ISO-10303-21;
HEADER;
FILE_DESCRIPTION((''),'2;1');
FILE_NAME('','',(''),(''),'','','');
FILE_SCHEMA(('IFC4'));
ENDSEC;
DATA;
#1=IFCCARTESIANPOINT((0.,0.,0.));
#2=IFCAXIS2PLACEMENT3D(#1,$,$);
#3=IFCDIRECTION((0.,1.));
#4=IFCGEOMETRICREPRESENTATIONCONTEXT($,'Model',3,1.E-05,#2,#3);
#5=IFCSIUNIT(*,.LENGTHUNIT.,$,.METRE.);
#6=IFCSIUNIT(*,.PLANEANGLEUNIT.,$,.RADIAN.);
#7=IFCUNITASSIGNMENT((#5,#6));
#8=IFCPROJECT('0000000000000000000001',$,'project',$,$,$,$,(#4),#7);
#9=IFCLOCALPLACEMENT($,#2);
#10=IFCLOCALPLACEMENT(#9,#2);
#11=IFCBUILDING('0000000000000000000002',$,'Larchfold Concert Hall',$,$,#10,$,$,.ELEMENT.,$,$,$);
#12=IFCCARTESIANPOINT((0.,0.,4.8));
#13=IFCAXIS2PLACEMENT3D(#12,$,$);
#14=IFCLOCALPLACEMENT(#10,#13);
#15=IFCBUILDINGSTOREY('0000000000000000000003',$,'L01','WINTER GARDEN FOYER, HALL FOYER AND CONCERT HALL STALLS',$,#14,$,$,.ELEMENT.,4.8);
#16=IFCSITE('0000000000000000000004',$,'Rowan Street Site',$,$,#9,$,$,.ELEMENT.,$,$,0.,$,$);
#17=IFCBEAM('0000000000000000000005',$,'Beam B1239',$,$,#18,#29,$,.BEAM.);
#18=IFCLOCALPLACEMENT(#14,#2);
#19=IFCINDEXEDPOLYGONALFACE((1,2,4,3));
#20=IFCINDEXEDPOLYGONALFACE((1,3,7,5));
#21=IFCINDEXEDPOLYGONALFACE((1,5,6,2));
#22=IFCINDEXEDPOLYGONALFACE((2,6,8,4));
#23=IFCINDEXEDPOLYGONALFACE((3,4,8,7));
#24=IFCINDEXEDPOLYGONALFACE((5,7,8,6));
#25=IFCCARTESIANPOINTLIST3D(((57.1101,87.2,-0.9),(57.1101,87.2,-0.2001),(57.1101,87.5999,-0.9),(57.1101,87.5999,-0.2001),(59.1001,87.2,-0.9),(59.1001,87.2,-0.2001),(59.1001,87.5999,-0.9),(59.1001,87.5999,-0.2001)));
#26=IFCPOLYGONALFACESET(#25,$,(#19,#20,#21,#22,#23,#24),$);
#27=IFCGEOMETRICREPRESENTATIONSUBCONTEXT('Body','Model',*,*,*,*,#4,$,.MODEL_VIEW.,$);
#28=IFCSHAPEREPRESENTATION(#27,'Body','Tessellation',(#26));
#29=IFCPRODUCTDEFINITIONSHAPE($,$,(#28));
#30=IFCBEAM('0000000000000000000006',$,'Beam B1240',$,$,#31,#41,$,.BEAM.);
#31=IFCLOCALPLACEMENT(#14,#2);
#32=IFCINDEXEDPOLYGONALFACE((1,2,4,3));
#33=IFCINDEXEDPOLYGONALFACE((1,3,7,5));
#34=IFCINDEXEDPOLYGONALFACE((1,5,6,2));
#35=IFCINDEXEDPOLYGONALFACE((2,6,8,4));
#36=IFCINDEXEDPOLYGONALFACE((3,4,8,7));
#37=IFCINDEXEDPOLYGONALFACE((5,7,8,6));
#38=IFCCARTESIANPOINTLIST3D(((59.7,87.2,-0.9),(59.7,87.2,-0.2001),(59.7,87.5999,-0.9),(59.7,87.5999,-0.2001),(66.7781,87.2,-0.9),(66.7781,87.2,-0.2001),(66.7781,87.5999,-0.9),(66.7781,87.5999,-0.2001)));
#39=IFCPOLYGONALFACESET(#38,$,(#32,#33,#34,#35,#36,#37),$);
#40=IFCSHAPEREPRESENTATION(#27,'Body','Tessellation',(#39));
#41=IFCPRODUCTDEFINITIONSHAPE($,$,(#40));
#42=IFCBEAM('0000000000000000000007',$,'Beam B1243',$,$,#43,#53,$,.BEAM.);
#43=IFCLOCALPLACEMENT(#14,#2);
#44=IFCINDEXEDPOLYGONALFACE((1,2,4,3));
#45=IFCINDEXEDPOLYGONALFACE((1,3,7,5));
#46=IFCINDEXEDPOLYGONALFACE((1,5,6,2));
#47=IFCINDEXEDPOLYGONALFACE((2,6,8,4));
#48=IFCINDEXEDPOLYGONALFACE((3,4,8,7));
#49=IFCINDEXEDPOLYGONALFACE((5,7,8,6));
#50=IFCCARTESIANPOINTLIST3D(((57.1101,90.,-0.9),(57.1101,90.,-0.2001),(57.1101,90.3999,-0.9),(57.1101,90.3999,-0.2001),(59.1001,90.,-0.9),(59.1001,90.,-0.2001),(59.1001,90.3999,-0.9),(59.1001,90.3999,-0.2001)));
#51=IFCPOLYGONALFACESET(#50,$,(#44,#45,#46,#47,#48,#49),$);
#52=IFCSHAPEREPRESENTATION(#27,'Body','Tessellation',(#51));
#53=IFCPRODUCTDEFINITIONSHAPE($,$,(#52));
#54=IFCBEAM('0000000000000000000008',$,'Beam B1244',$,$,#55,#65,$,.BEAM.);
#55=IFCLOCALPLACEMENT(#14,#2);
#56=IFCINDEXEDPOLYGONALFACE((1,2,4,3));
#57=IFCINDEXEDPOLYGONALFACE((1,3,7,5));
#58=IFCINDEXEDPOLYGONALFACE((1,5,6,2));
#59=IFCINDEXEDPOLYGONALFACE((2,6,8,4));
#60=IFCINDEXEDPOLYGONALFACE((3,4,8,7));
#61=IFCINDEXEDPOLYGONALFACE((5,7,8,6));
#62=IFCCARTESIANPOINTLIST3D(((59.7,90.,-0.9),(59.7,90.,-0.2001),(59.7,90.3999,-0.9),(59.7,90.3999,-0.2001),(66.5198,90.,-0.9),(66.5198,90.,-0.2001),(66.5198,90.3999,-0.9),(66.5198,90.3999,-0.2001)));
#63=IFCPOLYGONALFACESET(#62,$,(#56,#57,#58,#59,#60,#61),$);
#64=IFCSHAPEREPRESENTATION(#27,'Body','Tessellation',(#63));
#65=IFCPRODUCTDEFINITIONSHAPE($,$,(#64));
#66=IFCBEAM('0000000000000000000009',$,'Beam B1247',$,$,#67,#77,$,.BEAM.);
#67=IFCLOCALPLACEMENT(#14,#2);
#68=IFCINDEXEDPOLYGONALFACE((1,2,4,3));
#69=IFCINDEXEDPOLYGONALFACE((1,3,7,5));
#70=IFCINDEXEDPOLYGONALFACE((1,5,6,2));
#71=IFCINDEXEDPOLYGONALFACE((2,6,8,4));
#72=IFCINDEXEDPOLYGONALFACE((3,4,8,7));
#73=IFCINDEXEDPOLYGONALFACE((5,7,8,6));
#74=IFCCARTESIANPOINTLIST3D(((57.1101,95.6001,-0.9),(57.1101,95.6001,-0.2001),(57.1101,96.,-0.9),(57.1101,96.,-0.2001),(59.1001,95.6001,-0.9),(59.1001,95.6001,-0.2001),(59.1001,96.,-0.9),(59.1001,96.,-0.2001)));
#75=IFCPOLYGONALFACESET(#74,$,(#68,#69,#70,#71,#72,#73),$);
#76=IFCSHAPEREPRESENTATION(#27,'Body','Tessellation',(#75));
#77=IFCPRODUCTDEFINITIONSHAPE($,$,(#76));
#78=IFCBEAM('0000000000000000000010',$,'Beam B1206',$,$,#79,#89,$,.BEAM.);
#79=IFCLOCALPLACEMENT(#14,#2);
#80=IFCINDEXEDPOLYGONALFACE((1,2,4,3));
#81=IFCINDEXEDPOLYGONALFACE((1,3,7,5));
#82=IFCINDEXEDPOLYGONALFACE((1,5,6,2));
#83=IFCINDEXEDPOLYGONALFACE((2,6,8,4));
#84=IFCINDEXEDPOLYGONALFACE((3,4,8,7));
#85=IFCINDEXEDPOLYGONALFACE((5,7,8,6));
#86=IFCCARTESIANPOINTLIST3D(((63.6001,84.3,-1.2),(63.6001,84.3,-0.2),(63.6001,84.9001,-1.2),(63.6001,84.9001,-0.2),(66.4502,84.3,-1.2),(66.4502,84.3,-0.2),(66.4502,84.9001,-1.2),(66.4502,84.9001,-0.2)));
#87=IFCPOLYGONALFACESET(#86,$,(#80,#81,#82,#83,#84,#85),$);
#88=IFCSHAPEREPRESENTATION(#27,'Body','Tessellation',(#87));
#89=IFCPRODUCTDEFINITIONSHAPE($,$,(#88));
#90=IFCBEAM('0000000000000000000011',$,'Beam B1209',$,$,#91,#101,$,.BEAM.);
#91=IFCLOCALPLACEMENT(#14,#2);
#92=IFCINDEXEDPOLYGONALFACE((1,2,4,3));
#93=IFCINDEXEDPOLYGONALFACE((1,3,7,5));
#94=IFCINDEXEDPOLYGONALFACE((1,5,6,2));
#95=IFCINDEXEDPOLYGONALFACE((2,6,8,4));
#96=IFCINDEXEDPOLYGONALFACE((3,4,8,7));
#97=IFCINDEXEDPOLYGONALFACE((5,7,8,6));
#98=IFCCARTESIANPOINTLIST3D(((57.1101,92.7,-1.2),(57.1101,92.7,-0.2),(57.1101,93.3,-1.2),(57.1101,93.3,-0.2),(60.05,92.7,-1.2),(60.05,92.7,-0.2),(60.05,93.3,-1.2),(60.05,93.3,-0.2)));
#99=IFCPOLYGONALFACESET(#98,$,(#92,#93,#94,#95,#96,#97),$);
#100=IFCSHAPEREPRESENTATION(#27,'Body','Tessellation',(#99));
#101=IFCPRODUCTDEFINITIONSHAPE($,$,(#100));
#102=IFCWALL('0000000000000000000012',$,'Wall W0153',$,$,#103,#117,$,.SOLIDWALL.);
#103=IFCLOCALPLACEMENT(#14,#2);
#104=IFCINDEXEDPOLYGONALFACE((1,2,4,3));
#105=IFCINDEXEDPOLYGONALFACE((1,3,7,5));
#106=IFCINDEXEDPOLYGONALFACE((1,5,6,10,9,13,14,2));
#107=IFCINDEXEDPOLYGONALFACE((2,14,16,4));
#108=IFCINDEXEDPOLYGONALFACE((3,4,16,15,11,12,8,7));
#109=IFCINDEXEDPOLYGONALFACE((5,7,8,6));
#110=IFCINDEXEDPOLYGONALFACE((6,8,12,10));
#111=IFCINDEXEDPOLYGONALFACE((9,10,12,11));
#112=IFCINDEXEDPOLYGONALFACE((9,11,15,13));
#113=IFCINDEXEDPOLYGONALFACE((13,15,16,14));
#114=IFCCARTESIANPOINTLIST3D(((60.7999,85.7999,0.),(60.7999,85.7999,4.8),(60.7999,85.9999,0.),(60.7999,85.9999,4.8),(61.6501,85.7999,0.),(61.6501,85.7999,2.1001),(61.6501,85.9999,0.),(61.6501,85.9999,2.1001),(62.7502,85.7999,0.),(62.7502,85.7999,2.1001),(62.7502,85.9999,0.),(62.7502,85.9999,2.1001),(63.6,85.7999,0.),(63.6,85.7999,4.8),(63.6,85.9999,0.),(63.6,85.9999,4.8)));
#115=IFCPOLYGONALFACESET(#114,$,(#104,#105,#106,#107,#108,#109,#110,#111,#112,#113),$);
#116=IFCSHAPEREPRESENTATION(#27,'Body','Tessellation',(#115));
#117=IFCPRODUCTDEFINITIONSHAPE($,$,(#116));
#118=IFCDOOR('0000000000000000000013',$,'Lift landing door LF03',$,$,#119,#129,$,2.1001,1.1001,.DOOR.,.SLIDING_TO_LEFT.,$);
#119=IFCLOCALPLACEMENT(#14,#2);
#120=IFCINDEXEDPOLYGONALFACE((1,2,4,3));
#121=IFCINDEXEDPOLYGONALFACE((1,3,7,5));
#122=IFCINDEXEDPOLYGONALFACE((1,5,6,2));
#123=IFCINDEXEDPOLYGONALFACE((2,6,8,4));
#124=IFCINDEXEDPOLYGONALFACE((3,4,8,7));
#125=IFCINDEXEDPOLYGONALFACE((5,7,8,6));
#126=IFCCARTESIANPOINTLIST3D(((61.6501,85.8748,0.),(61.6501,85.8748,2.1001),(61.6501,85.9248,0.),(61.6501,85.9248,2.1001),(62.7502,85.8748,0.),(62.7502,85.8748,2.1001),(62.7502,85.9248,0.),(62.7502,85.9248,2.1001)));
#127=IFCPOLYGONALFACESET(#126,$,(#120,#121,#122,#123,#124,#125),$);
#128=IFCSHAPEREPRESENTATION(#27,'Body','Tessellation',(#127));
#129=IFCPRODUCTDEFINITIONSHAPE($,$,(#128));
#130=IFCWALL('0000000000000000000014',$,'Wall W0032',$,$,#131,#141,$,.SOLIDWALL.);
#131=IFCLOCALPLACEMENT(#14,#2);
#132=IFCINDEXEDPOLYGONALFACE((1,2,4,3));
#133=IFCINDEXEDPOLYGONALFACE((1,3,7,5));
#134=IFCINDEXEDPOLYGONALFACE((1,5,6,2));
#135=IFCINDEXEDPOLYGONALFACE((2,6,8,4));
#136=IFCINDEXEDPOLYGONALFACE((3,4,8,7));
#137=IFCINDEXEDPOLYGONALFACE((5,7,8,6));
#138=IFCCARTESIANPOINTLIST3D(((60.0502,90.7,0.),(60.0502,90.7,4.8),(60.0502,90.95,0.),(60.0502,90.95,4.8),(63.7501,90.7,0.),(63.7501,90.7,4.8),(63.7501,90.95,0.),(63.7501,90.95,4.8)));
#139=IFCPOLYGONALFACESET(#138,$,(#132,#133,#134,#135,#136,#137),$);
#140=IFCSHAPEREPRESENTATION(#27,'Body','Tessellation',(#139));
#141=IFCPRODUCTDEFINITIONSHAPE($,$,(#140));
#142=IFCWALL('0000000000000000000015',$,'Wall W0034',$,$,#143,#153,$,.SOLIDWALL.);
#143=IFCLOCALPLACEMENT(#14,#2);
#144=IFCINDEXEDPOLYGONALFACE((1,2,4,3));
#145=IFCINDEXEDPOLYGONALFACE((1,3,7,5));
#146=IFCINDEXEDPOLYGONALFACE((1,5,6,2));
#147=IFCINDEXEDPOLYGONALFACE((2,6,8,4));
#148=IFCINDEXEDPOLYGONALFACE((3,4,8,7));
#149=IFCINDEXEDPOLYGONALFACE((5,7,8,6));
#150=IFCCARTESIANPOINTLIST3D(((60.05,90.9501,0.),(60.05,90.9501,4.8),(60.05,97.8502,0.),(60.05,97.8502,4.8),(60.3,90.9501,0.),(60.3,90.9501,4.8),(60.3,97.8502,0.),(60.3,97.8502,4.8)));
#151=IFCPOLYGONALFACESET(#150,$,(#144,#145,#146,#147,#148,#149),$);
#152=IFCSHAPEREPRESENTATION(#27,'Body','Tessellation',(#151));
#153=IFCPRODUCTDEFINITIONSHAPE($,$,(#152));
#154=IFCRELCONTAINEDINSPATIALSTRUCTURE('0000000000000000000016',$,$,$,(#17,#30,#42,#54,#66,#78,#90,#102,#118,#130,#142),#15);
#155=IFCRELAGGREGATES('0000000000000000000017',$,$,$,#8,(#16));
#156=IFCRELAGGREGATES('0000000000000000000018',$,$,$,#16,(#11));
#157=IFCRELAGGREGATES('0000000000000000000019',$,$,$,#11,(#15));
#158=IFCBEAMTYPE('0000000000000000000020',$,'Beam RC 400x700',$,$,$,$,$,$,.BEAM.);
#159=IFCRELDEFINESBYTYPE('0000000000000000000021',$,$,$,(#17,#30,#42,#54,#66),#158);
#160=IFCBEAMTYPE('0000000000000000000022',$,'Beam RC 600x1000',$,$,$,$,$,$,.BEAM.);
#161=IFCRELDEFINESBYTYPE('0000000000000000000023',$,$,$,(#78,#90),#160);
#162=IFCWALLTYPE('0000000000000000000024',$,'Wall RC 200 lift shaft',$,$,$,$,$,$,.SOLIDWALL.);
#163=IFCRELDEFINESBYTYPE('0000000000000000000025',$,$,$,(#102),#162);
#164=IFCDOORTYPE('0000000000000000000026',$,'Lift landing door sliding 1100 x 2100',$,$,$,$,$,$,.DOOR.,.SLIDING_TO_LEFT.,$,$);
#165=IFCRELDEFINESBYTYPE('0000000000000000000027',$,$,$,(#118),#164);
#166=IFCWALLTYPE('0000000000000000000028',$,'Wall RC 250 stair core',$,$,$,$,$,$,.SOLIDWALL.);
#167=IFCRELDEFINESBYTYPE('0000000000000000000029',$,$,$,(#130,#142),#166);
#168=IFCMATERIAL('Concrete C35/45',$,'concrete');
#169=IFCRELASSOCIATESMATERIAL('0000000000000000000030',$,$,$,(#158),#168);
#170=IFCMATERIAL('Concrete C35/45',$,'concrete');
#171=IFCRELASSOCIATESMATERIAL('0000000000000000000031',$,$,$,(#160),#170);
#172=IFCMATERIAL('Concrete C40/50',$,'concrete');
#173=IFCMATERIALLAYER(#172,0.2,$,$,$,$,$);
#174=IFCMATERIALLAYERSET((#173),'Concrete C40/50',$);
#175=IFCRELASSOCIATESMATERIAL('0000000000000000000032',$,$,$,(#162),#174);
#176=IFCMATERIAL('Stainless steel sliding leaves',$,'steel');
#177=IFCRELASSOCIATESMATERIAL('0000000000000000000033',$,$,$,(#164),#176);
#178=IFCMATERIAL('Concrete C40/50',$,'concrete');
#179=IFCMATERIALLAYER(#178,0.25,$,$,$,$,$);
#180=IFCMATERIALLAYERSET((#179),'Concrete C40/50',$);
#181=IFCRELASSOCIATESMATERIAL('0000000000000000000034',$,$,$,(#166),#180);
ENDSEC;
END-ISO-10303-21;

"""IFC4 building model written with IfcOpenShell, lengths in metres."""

from ifc_helpers import new_model, si_unit, direction, frame, frame_2d, origin, origin_2d, place, context, subcontext, project, spatial, rectangle, extrude, material, layer, layer_set, material_profile, profile_set, type_object, element, fill, save


model = new_model("IFC4")

# Units and contexts
model_context = context("Model", 3, precision=1e-05, world=origin(), true_north=direction((0.0, 1.0)))
body_context = subcontext(model_context, "Body", "Model", "MODEL_VIEW")
ifc_project = project(units=[si_unit("LENGTHUNIT", "METRE"), si_unit("PLANEANGLEUNIT", "RADIAN")], contexts=[model_context])

# Site, building, storey
site_placement = place(None, origin())
site = spatial("IfcSite", under=ifc_project, at=site_placement, Name="Rowan Street Site", CompositionType="ELEMENT", RefElevation=0.0)
building_placement = place(site_placement, origin())
building = spatial("IfcBuilding", under=site, at=building_placement, Name="Larchfold Concert Hall", CompositionType="ELEMENT")
storey_placement = place(building_placement, frame((0.0, 0.0, 4.8)))
storey = spatial("IfcBuildingStorey", under=building, at=storey_placement, Name="L01", Description="WINTER GARDEN FOYER, HALL FOYER AND CONCERT HALL STALLS", CompositionType="ELEMENT", Elevation=4.8)

# Beams
ifc_material_1 = material(Name="Concrete C35/45", Category="concrete")
ifc_material_profile_1 = material_profile(ifc_material_1, rectangle(XDim=0.3999, YDim=0.7, at=origin_2d()))
ifc_profile_set_1 = profile_set([ifc_material_profile_1], Name="Concrete C35/45")
beam_type_1 = type_object("IfcBeamType", Name="Beam RC 400x700", PredefinedType="BEAM", material=ifc_profile_set_1)
beam_1_placement = place(storey_placement, frame((57.1101, 87.3999, -0.55), z_axis=(1.0, 0.0, 0.0), x_axis=(0.0, 1.0, 0.0)))
element("IfcBeam", 1, at=beam_1_placement, inside=storey, type_object=beam_type_1, Name="Beam B1239", PredefinedType="BEAM", context=body_context, shape_type="SweptSolid", body=[
    extrude(rectangle(XDim=0.3999, YDim=0.7, at=origin_2d()), origin(), (0.0, 0.0, 1.0), 1.99),
])
beam_2_placement = place(storey_placement, frame((59.7, 87.3999, -0.55), z_axis=(1.0, 0.0, 0.0), x_axis=(0.0, 1.0, 0.0)))
element("IfcBeam", 2, at=beam_2_placement, inside=storey, type_object=beam_type_1, Name="Beam B1240", PredefinedType="BEAM", context=body_context, shape_type="SweptSolid", body=[
    extrude(rectangle(XDim=0.3999, YDim=0.7, at=origin_2d()), origin(), (0.0, 0.0, 1.0), 7.0781),
])
beam_3_placement = place(storey_placement, frame((57.1101, 90.2, -0.55), z_axis=(1.0, 0.0, 0.0), x_axis=(0.0, 1.0, 0.0)))
element("IfcBeam", 3, at=beam_3_placement, inside=storey, type_object=beam_type_1, Name="Beam B1243", PredefinedType="BEAM", context=body_context, shape_type="SweptSolid", body=[
    extrude(rectangle(XDim=0.3999, YDim=0.7, at=origin_2d()), origin(), (0.0, 0.0, 1.0), 1.99),
])
beam_4_placement = place(storey_placement, frame((59.7, 90.2, -0.55), z_axis=(1.0, 0.0, 0.0), x_axis=(0.0, 1.0, 0.0)))
element("IfcBeam", 4, at=beam_4_placement, inside=storey, type_object=beam_type_1, Name="Beam B1244", PredefinedType="BEAM", context=body_context, shape_type="SweptSolid", body=[
    extrude(rectangle(XDim=0.3999, YDim=0.7, at=origin_2d()), origin(), (0.0, 0.0, 1.0), 6.8198),
])
beam_5_placement = place(storey_placement, frame((57.1101, 95.8, -0.55), z_axis=(1.0, 0.0, 0.0), x_axis=(0.0, 1.0, 0.0)))
element("IfcBeam", 5, at=beam_5_placement, inside=storey, type_object=beam_type_1, Name="Beam B1247", PredefinedType="BEAM", context=body_context, shape_type="SweptSolid", body=[
    extrude(rectangle(XDim=0.3999, YDim=0.7, at=origin_2d()), origin(), (0.0, 0.0, 1.0), 1.99),
])
ifc_material_2 = material(Name="Concrete C35/45", Category="concrete")
ifc_material_profile_2 = material_profile(ifc_material_2, rectangle(XDim=0.6001, YDim=1.0, at=origin_2d()))
ifc_profile_set_2 = profile_set([ifc_material_profile_2], Name="Concrete C35/45")
beam_type_2 = type_object("IfcBeamType", Name="Beam RC 600x1000", PredefinedType="BEAM", material=ifc_profile_set_2)
beam_6_placement = place(storey_placement, frame((63.6001, 84.6001, -0.7), z_axis=(1.0, 0.0, 0.0), x_axis=(0.0, 1.0, 0.0)))
element("IfcBeam", 6, at=beam_6_placement, inside=storey, type_object=beam_type_2, Name="Beam B1206", PredefinedType="BEAM", context=body_context, shape_type="SweptSolid", body=[
    extrude(rectangle(XDim=0.6001, YDim=1.0, at=origin_2d()), origin(), (0.0, 0.0, 1.0), 2.8501),
])
beam_7_placement = place(storey_placement, frame((57.1101, 93.0, -0.7), z_axis=(1.0, 0.0, 0.0), x_axis=(0.0, 1.0, 0.0)))
element("IfcBeam", 7, at=beam_7_placement, inside=storey, type_object=beam_type_2, Name="Beam B1209", PredefinedType="BEAM", context=body_context, shape_type="SweptSolid", body=[
    extrude(rectangle(XDim=0.6001, YDim=1.0, at=origin_2d()), origin(), (0.0, 0.0, 1.0), 2.9399),
])

# Wall, opening, door
ifc_material_3 = material(Name="Concrete C40/50", Category="concrete")
ifc_layer_1 = layer(ifc_material_3, 0.2)
ifc_layer_set_1 = layer_set([ifc_layer_1], Name="Concrete C40/50")
wall_type_1 = type_object("IfcWallType", Name="Wall RC 200 lift shaft", PredefinedType="SOLIDWALL", material=ifc_layer_set_1)
wall_1_placement = place(storey_placement, frame((60.8, 85.8999, 0.0), z_axis=(0.0, 0.0, 1.0), x_axis=(1.0, 0.0, 0.0)))
wall_1 = element("IfcWall", 8, at=wall_1_placement, inside=storey, type_object=wall_type_1, Name="Wall W0153", PredefinedType="SOLIDWALL", context=body_context, shape_type="SweptSolid", body=[
    extrude(rectangle(XDim=2.8, YDim=0.2, at=frame_2d((1.3999, 0.0))), origin(), (0.0, 0.0, 1.0), 4.8),
])
opening_placement = place(wall_1_placement, frame((0.8501, 0.0, 0.0)))
opening = element("IfcOpeningElement", 9, at=opening_placement, cuts=wall_1, PredefinedType="OPENING", context=body_context, shape_type="SweptSolid", body=[
    extrude(rectangle(XDim=1.1001, YDim=2.1001, at=frame_2d((0.55, 1.05))), frame((0.0, 0.1099, 0.0), z_axis=(0.0, -1.0, 0.0), x_axis=(1.0, 0.0, 0.0)), (0.0, 0.0, 1.0), 0.22),
])
ifc_material_4 = material(Name="Stainless steel sliding leaves", Category="steel")
door_type = type_object("IfcDoorType", Name="Lift landing door sliding 1100 x 2100", OperationType="SLIDING_TO_LEFT", PredefinedType="DOOR", material=ifc_material_4)
door_placement = place(opening_placement, origin())
door = element("IfcDoor", 10, at=door_placement, inside=storey, type_object=door_type, Name="Lift landing door LF03", OperationType="SLIDING_TO_LEFT", OverallHeight=2.1001, OverallWidth=1.1001, PredefinedType="DOOR", context=body_context, shape_type="SweptSolid", body=[
    extrude(rectangle(XDim=1.1001, YDim=2.1001, at=frame_2d((0.55, 1.05))), frame((0.0, 0.0249, 0.0), z_axis=(0.0, -1.0, 0.0), x_axis=(1.0, 0.0, 0.0)), (0.0, 0.0, 1.0), 0.05),
])
fill(opening, door)

# Walls
ifc_material_5 = material(Name="Concrete C40/50", Category="concrete")
ifc_layer_2 = layer(ifc_material_5, 0.25)
ifc_layer_set_2 = layer_set([ifc_layer_2], Name="Concrete C40/50")
wall_type_2 = type_object("IfcWallType", Name="Wall RC 250 stair core", PredefinedType="SOLIDWALL", material=ifc_layer_set_2)
wall_2_placement = place(storey_placement, frame((60.05, 90.825, 0.0), z_axis=(0.0, 0.0, 1.0), x_axis=(1.0, 0.0, 0.0)))
element("IfcWall", 11, at=wall_2_placement, inside=storey, type_object=wall_type_2, Name="Wall W0032", PredefinedType="SOLIDWALL", context=body_context, shape_type="SweptSolid", body=[
    extrude(rectangle(XDim=3.7, YDim=0.25, at=frame_2d((1.8501, 0.0))), origin(), (0.0, 0.0, 1.0), 4.8),
])
wall_3_placement = place(storey_placement, frame((60.175, 90.95, 0.0), z_axis=(0.0, 0.0, 1.0), x_axis=(0.0, 1.0, 0.0)))
element("IfcWall", 12, at=wall_3_placement, inside=storey, type_object=wall_type_2, Name="Wall W0034", PredefinedType="SOLIDWALL", context=body_context, shape_type="SweptSolid", body=[
    extrude(rectangle(XDim=6.9001, YDim=0.25, at=frame_2d((3.4502, 0.0))), origin(), (0.0, 0.0, 1.0), 4.8),
])

save(model, "model.ifc")
